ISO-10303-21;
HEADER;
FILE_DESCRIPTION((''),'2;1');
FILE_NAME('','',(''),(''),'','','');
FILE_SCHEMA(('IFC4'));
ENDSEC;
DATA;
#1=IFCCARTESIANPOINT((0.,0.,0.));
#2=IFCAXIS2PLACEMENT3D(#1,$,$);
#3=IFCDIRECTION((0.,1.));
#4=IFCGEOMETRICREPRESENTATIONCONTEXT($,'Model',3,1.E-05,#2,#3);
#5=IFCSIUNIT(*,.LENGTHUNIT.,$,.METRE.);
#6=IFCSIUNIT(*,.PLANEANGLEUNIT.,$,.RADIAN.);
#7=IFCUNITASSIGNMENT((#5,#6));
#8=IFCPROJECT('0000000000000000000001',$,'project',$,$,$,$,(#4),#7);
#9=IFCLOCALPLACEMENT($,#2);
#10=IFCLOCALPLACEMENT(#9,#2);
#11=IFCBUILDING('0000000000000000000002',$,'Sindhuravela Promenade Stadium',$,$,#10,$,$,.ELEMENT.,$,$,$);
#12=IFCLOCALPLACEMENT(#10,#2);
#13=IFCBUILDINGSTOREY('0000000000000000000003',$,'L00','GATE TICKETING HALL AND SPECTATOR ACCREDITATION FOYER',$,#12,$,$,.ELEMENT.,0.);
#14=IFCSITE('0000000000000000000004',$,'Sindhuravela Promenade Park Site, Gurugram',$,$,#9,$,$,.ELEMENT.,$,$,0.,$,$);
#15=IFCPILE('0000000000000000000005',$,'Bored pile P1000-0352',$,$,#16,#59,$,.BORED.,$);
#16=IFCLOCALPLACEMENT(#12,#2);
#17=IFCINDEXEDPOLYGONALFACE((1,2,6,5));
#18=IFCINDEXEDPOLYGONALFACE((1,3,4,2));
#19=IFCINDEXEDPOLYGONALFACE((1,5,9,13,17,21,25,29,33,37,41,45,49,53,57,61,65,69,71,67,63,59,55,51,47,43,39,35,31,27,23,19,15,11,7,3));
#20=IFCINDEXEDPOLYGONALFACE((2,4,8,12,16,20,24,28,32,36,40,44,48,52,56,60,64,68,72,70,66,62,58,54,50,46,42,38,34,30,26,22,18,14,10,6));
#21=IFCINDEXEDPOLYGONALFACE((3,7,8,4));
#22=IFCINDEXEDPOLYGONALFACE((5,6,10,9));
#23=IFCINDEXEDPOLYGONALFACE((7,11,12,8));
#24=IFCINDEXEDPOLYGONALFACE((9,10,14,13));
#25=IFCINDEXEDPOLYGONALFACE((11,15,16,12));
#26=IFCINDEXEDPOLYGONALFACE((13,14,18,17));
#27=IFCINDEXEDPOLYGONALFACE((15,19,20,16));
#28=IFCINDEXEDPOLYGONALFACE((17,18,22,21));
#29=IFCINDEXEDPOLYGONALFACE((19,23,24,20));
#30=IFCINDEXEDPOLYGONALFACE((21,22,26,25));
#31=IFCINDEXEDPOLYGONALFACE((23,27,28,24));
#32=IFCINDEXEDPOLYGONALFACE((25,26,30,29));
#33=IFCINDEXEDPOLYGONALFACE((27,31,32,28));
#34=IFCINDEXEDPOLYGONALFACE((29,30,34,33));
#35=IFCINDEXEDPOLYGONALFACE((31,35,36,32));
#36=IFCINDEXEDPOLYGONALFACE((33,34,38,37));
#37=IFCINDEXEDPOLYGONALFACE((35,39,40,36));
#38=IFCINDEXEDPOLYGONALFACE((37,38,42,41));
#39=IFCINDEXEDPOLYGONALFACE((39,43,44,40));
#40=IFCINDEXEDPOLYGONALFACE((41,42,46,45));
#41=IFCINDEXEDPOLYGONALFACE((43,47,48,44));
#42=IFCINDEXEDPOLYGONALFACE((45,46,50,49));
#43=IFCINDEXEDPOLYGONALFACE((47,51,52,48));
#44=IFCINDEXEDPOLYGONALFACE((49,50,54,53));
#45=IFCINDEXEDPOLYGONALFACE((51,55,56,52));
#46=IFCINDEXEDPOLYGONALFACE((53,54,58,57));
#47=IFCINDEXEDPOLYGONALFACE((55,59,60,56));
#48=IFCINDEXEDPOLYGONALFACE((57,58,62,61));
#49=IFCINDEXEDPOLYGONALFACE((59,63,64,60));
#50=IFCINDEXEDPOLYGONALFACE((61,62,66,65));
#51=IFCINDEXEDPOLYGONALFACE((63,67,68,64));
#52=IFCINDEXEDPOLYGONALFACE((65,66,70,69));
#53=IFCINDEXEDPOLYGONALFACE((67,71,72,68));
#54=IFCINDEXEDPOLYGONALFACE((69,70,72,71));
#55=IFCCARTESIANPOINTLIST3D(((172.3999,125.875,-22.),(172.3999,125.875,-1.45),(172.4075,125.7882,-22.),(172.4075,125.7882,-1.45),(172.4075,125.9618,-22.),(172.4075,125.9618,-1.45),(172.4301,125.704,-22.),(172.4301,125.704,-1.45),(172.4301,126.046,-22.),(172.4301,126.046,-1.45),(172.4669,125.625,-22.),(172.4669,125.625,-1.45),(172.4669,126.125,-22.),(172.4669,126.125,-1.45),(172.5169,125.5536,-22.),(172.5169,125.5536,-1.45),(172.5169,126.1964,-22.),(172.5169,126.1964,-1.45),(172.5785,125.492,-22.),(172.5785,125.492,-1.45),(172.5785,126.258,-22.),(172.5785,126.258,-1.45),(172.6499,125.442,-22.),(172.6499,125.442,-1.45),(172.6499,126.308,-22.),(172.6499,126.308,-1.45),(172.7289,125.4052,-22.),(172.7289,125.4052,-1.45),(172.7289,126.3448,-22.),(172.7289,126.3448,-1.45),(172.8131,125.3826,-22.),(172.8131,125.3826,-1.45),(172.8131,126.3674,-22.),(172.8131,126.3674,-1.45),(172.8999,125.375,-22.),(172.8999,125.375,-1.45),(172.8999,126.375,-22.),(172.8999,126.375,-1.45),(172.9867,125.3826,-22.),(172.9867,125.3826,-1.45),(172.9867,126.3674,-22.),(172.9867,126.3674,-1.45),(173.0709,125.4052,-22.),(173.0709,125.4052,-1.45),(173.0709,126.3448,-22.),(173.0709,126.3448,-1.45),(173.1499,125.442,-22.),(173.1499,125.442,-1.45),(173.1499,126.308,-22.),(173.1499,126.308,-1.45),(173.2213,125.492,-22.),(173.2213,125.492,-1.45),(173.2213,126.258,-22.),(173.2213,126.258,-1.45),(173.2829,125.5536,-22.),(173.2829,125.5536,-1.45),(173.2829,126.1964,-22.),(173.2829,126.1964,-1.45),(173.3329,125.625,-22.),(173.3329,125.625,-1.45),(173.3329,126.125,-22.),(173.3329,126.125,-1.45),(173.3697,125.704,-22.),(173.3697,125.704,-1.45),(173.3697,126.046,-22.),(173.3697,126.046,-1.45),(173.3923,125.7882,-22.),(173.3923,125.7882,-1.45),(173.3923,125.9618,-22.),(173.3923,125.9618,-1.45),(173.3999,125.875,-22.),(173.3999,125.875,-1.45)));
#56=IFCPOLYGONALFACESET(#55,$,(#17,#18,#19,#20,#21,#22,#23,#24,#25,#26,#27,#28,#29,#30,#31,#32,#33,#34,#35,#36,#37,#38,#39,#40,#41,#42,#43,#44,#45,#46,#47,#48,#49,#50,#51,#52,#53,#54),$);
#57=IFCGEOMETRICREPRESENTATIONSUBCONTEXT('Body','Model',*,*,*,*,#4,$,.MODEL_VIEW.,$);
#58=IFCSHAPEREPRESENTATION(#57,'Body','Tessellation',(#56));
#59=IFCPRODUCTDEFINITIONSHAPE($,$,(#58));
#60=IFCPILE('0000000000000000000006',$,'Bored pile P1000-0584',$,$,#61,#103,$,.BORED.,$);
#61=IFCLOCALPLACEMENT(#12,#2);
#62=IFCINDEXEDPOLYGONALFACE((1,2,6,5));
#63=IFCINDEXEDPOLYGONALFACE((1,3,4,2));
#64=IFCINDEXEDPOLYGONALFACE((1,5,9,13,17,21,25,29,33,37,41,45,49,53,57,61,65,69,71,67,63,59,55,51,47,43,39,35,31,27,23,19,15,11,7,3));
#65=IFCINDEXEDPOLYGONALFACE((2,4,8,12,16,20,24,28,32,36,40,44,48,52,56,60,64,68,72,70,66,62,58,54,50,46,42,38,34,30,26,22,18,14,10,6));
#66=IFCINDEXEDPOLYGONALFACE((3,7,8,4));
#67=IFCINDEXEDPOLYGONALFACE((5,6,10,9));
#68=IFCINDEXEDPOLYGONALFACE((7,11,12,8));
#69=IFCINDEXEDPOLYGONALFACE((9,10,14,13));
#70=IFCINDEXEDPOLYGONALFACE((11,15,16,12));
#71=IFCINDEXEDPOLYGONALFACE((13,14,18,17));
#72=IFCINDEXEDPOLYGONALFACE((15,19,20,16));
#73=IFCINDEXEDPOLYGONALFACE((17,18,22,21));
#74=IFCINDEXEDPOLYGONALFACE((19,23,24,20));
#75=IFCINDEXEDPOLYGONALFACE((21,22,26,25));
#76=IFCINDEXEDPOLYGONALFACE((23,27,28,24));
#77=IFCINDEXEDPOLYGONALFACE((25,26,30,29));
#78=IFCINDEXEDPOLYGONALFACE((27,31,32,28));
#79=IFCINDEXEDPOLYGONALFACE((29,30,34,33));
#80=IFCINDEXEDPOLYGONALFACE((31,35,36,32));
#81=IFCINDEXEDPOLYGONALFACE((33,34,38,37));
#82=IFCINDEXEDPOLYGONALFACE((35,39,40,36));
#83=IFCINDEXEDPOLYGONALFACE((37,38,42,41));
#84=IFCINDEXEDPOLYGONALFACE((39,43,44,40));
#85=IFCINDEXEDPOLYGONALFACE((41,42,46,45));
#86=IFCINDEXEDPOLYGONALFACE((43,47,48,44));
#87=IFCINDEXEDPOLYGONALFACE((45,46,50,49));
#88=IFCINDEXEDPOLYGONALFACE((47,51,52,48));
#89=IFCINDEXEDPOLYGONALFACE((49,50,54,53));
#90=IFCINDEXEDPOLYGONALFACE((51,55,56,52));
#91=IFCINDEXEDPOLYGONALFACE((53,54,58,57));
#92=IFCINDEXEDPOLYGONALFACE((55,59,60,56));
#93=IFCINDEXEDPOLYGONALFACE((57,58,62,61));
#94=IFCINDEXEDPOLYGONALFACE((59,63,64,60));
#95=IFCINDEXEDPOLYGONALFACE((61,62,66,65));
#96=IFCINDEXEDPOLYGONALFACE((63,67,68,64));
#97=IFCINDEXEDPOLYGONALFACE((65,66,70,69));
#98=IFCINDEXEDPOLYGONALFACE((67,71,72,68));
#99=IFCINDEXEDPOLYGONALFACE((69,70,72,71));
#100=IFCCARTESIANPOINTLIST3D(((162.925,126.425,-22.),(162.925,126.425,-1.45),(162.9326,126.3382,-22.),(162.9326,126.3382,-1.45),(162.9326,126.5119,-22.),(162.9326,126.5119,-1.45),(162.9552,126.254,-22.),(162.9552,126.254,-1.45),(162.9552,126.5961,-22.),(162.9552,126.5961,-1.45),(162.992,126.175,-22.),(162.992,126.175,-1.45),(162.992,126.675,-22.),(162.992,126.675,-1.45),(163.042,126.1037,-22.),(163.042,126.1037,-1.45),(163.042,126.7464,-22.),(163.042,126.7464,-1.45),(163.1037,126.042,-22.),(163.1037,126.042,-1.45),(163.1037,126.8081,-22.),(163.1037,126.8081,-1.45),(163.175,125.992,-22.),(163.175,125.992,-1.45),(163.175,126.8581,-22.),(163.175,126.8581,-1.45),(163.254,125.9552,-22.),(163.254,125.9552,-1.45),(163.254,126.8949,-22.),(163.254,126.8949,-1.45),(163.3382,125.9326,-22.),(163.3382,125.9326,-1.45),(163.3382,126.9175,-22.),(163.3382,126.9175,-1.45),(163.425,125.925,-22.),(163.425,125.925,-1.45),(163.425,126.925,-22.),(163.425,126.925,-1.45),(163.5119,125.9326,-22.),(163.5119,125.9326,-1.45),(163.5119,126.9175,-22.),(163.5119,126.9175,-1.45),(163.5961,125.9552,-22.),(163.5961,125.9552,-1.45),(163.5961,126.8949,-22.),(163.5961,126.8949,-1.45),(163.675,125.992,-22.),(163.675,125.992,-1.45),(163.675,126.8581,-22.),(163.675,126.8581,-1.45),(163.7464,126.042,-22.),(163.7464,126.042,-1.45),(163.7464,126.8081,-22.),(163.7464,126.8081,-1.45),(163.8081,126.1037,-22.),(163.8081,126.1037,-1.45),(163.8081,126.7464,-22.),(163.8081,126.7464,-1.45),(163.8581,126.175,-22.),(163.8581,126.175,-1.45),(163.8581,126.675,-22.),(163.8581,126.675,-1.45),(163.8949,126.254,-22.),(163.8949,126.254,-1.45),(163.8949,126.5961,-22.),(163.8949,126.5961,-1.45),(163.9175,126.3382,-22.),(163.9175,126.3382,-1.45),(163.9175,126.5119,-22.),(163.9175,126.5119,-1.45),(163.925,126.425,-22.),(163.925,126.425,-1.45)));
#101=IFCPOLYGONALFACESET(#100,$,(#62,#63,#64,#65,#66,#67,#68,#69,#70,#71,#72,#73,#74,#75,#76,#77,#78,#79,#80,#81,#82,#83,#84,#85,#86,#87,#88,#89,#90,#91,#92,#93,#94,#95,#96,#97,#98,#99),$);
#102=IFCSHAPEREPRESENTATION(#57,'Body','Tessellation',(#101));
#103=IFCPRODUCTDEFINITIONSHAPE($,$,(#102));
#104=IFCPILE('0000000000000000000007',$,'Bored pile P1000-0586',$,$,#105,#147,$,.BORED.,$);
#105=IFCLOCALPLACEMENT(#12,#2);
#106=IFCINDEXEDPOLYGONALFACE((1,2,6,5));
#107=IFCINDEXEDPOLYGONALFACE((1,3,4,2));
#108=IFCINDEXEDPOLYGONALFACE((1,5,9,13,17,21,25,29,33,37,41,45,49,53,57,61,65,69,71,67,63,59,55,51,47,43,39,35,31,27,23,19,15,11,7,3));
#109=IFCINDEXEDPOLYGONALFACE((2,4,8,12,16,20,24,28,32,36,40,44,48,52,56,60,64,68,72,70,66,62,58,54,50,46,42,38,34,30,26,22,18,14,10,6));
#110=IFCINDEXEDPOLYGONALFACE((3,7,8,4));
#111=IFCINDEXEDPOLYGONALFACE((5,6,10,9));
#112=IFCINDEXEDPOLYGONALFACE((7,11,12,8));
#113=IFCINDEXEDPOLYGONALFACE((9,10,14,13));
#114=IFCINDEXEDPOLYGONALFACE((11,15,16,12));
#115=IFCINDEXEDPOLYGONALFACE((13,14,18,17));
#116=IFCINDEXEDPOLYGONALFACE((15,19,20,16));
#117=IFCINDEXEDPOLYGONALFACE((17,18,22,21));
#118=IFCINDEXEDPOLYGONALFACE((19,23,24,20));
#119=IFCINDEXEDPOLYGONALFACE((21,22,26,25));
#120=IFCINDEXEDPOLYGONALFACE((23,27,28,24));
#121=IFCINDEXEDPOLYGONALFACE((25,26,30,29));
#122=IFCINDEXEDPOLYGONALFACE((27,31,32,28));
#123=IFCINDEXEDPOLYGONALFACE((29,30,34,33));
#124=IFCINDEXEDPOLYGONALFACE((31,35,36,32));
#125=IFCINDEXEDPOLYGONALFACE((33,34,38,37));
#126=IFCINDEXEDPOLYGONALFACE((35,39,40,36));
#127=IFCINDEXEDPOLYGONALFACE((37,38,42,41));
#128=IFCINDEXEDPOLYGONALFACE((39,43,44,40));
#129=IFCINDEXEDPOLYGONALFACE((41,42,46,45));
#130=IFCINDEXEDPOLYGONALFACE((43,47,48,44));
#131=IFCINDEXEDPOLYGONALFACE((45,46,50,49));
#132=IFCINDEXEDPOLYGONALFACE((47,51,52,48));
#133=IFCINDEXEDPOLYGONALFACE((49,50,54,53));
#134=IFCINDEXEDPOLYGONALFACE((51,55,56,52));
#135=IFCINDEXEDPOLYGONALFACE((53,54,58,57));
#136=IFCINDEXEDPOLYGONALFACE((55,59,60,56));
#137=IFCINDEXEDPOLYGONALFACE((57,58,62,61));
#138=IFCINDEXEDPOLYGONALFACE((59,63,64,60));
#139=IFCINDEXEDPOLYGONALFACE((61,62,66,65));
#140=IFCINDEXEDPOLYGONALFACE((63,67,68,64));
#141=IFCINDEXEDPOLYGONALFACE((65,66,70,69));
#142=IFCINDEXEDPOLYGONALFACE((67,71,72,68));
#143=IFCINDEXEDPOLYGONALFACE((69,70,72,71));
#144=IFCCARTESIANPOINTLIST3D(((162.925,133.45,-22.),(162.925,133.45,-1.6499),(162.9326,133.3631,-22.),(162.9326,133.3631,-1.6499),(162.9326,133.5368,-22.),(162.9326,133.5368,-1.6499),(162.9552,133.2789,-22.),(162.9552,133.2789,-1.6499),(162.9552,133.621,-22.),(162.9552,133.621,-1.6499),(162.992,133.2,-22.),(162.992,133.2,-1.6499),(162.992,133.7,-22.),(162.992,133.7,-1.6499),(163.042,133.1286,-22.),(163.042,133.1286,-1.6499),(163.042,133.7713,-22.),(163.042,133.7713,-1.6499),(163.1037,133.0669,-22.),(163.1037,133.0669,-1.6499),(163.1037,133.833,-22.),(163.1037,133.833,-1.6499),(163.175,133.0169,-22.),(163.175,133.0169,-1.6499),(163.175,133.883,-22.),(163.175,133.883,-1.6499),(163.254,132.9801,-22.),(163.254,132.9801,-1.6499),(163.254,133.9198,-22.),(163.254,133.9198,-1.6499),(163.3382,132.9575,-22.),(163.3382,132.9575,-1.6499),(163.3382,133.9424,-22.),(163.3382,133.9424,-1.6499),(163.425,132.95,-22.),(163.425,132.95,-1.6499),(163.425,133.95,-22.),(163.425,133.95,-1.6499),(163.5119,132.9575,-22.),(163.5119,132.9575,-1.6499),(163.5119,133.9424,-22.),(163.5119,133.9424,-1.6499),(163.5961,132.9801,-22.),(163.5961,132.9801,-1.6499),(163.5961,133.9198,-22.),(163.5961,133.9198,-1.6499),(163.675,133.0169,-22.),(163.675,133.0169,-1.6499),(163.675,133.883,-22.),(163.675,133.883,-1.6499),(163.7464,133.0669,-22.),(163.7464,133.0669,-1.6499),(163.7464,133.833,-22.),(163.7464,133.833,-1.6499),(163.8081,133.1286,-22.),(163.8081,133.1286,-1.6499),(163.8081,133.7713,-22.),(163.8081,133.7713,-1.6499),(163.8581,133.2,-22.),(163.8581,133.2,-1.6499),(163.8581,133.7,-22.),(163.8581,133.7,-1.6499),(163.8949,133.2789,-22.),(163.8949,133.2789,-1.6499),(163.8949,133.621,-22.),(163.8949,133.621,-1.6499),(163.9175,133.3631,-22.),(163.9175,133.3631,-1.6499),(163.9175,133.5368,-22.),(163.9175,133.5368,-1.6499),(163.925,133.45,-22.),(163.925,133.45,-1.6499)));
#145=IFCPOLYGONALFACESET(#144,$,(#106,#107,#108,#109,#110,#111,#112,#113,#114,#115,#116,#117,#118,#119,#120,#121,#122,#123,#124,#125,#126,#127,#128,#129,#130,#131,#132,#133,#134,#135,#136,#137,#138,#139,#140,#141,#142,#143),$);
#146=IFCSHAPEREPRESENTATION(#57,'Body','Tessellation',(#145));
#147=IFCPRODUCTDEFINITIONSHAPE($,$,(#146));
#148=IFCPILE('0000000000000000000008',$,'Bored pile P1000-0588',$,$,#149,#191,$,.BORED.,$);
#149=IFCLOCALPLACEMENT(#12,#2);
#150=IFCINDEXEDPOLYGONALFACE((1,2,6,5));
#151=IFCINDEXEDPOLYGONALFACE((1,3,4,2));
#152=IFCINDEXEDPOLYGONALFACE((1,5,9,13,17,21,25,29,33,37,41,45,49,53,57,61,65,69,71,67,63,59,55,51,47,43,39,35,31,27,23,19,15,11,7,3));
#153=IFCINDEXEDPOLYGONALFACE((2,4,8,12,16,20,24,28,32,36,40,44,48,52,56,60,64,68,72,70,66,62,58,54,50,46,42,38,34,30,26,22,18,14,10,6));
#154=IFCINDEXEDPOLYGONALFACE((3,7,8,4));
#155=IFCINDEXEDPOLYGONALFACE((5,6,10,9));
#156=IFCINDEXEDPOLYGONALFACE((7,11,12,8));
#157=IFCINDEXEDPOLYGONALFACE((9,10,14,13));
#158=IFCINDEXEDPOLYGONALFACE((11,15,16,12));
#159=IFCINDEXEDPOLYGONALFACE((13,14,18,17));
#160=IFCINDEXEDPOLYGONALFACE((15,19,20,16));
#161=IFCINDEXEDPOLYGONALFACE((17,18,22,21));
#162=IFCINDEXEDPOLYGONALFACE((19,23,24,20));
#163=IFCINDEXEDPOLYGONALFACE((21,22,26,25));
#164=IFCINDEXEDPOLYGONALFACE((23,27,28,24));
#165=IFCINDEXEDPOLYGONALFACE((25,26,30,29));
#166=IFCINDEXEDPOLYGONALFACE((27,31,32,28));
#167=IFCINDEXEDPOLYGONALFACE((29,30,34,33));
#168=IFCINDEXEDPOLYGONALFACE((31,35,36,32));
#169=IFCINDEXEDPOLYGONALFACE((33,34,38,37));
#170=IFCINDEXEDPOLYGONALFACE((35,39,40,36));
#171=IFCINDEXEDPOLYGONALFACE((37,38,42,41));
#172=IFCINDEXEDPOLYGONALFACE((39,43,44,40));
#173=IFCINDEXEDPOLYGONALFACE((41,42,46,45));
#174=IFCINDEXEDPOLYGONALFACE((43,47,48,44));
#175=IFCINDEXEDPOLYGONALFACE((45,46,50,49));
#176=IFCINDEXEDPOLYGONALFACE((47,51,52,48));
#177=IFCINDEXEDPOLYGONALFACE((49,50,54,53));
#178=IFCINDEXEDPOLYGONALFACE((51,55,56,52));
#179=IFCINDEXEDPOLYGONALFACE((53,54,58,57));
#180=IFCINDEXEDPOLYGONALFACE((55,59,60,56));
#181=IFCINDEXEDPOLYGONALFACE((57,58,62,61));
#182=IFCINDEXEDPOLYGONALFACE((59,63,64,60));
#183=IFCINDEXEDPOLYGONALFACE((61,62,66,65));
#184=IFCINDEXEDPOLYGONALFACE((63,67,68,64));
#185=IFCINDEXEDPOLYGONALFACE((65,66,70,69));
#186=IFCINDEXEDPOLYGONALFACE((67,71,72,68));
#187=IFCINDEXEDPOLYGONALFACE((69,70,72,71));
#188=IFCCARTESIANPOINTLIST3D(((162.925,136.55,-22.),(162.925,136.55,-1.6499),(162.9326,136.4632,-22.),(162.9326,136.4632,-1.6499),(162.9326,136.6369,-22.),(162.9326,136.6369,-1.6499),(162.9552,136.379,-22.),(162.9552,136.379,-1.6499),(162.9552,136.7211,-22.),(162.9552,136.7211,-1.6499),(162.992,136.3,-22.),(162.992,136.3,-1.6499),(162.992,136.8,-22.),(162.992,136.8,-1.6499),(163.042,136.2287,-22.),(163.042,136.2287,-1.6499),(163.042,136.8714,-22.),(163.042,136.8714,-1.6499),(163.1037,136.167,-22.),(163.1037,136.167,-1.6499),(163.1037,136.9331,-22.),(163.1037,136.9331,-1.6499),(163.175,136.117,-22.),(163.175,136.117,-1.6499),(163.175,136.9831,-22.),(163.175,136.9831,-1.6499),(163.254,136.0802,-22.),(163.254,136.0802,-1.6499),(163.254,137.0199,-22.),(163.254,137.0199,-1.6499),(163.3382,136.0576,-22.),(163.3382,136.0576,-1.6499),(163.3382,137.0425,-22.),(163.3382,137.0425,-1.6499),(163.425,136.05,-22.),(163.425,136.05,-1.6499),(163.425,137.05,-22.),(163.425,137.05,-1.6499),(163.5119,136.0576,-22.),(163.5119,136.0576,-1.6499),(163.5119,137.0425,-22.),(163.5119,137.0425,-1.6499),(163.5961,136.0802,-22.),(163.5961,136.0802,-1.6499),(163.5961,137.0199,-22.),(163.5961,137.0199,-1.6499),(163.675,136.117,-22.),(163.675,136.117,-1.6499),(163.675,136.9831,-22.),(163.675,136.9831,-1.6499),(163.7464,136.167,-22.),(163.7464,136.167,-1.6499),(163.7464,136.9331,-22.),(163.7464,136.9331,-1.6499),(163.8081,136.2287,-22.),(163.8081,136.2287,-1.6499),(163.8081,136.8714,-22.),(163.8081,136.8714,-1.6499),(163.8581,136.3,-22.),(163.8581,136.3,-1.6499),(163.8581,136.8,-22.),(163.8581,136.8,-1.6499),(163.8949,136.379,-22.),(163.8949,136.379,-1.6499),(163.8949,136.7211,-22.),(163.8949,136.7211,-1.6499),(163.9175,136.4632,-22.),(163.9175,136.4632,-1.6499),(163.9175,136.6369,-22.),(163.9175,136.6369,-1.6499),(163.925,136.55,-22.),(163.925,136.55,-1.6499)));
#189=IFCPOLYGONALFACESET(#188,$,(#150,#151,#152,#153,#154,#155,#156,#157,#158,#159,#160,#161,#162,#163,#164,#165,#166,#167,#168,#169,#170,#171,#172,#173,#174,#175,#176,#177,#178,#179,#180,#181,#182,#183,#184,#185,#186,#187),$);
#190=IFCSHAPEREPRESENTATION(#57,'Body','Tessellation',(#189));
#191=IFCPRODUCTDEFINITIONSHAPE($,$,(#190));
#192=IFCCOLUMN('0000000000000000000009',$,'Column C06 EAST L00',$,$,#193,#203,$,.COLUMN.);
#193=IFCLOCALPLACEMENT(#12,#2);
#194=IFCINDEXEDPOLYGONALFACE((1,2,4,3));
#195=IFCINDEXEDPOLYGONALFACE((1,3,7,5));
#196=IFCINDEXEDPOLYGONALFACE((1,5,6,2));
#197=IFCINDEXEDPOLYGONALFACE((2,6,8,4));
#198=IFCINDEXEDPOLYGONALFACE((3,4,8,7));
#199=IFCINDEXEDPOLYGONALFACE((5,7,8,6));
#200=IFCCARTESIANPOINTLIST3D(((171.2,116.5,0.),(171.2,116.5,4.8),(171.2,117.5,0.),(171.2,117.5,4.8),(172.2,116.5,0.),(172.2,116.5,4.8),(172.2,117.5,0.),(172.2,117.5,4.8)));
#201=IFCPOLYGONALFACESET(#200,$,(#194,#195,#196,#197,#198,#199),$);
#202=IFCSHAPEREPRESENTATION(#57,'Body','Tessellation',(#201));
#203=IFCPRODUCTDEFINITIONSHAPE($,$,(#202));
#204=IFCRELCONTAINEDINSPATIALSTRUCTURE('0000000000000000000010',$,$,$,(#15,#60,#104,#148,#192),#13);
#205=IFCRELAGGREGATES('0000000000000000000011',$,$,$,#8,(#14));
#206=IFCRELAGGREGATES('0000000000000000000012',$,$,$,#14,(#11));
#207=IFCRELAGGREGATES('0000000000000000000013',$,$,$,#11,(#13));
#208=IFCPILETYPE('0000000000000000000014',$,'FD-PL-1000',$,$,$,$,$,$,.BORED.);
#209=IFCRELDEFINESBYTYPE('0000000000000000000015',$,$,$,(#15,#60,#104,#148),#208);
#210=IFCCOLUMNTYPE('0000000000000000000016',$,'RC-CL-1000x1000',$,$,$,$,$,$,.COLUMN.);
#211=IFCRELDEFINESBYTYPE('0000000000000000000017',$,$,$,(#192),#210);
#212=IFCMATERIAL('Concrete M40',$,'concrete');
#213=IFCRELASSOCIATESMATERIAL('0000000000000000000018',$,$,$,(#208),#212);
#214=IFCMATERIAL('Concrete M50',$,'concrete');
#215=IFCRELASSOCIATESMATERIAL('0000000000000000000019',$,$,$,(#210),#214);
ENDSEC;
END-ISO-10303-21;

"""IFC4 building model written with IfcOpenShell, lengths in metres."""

from ifc_helpers import new_model, si_unit, direction, frame, origin, origin_2d, place, context, subcontext, project, spatial, rectangle, circle, extrude, material, material_profile, profile_set, type_object, element, save


model = new_model("IFC4")

# Units and contexts
model_context = context("Model", 3, precision=1e-05, world=origin(), true_north=direction((0.0, 1.0)))
body_context = subcontext(model_context, "Body", "Model", "MODEL_VIEW")
ifc_project = project(units=[si_unit("LENGTHUNIT", "METRE"), si_unit("PLANEANGLEUNIT", "RADIAN")], contexts=[model_context])

# Site, building, storey
site_placement = place(None, origin())
site = spatial("IfcSite", under=ifc_project, at=site_placement, Name="Sindhuravela Promenade Park Site, Gurugram", CompositionType="ELEMENT", RefElevation=0.0)
building_placement = place(site_placement, origin())
building = spatial("IfcBuilding", under=site, at=building_placement, Name="Sindhuravela Promenade Stadium", CompositionType="ELEMENT")
storey_placement = place(building_placement, origin())
storey = spatial("IfcBuildingStorey", under=building, at=storey_placement, Name="L00", Description="GATE TICKETING HALL AND SPECTATOR ACCREDITATION FOYER", CompositionType="ELEMENT", Elevation=0.0)

# Shared definitions
ifc_material_1 = material(Name="Concrete M50", Category="concrete")

# Piles
ifc_material_2 = material(Name="Concrete M40", Category="concrete")
ifc_material_profile_1 = material_profile(ifc_material_2, circle(Radius=0.5, at=origin_2d()), Name="BORED PILE D1000")
ifc_profile_set_1 = profile_set([ifc_material_profile_1], Name="Concrete M40")
pile_type = type_object("IfcPileType", Name="FD-PL-1000", PredefinedType="BORED", material=ifc_profile_set_1)
for number, where, z_axis, x_axis, name in (
    (1, (172.8999, 125.875, -1.45), (0.0, 0.0, -1.0), (1.0, 0.0, 0.0), "Bored pile P1000-0352"),
    (2, (163.425, 126.425, -1.45), (0.0, 0.0, -1.0), (1.0, 0.0, 0.0), "Bored pile P1000-0584"),
):
    element("IfcPile", number, at=place(storey_placement, frame(where, z_axis=z_axis, x_axis=x_axis)), inside=storey, type_object=pile_type, Name=name, PredefinedType="BORED", context=body_context, shape_type="SweptSolid", body=[
        extrude(circle(Radius=0.5, at=origin_2d()), origin(), (0.0, 0.0, 1.0), 20.55),
    ])
for number, where, z_axis, x_axis, name in (
    (3, (163.425, 133.45, -1.6499), (0.0, 0.0, -1.0), (1.0, 0.0, 0.0), "Bored pile P1000-0586"),
    (4, (163.425, 136.55, -1.6499), (0.0, 0.0, -1.0), (1.0, 0.0, 0.0), "Bored pile P1000-0588"),
):
    element("IfcPile", number, at=place(storey_placement, frame(where, z_axis=z_axis, x_axis=x_axis)), inside=storey, type_object=pile_type, Name=name, PredefinedType="BORED", context=body_context, shape_type="SweptSolid", body=[
        extrude(circle(Radius=0.5, at=origin_2d()), origin(), (0.0, 0.0, 1.0), 20.3501),
    ])

# Column
ifc_material_profile_2 = material_profile(ifc_material_1, rectangle(XDim=1.0, YDim=1.0, at=origin_2d()), Name="RC 1000x1000")
ifc_profile_set_2 = profile_set([ifc_material_profile_2], Name="Concrete M50")
column_type_1 = type_object("IfcColumnType", Name="RC-CL-1000x1000", PredefinedType="COLUMN", material=ifc_profile_set_2)
for number, where, z_axis, x_axis, name in (
    (5, (171.7, 117.0, 0.0), (0.0, 0.0, 1.0), (1.0, 0.0, 0.0), "Column C06 EAST L00"),
):
    element("IfcColumn", number, at=place(storey_placement, frame(where, z_axis=z_axis, x_axis=x_axis)), inside=storey, type_object=column_type_1, Name=name, PredefinedType="COLUMN", context=body_context, shape_type="SweptSolid", body=[
        extrude(rectangle(XDim=1.0, YDim=1.0, at=origin_2d()), origin(), (0.0, 0.0, 1.0), 4.8),
    ])

save(model, "model.ifc")
